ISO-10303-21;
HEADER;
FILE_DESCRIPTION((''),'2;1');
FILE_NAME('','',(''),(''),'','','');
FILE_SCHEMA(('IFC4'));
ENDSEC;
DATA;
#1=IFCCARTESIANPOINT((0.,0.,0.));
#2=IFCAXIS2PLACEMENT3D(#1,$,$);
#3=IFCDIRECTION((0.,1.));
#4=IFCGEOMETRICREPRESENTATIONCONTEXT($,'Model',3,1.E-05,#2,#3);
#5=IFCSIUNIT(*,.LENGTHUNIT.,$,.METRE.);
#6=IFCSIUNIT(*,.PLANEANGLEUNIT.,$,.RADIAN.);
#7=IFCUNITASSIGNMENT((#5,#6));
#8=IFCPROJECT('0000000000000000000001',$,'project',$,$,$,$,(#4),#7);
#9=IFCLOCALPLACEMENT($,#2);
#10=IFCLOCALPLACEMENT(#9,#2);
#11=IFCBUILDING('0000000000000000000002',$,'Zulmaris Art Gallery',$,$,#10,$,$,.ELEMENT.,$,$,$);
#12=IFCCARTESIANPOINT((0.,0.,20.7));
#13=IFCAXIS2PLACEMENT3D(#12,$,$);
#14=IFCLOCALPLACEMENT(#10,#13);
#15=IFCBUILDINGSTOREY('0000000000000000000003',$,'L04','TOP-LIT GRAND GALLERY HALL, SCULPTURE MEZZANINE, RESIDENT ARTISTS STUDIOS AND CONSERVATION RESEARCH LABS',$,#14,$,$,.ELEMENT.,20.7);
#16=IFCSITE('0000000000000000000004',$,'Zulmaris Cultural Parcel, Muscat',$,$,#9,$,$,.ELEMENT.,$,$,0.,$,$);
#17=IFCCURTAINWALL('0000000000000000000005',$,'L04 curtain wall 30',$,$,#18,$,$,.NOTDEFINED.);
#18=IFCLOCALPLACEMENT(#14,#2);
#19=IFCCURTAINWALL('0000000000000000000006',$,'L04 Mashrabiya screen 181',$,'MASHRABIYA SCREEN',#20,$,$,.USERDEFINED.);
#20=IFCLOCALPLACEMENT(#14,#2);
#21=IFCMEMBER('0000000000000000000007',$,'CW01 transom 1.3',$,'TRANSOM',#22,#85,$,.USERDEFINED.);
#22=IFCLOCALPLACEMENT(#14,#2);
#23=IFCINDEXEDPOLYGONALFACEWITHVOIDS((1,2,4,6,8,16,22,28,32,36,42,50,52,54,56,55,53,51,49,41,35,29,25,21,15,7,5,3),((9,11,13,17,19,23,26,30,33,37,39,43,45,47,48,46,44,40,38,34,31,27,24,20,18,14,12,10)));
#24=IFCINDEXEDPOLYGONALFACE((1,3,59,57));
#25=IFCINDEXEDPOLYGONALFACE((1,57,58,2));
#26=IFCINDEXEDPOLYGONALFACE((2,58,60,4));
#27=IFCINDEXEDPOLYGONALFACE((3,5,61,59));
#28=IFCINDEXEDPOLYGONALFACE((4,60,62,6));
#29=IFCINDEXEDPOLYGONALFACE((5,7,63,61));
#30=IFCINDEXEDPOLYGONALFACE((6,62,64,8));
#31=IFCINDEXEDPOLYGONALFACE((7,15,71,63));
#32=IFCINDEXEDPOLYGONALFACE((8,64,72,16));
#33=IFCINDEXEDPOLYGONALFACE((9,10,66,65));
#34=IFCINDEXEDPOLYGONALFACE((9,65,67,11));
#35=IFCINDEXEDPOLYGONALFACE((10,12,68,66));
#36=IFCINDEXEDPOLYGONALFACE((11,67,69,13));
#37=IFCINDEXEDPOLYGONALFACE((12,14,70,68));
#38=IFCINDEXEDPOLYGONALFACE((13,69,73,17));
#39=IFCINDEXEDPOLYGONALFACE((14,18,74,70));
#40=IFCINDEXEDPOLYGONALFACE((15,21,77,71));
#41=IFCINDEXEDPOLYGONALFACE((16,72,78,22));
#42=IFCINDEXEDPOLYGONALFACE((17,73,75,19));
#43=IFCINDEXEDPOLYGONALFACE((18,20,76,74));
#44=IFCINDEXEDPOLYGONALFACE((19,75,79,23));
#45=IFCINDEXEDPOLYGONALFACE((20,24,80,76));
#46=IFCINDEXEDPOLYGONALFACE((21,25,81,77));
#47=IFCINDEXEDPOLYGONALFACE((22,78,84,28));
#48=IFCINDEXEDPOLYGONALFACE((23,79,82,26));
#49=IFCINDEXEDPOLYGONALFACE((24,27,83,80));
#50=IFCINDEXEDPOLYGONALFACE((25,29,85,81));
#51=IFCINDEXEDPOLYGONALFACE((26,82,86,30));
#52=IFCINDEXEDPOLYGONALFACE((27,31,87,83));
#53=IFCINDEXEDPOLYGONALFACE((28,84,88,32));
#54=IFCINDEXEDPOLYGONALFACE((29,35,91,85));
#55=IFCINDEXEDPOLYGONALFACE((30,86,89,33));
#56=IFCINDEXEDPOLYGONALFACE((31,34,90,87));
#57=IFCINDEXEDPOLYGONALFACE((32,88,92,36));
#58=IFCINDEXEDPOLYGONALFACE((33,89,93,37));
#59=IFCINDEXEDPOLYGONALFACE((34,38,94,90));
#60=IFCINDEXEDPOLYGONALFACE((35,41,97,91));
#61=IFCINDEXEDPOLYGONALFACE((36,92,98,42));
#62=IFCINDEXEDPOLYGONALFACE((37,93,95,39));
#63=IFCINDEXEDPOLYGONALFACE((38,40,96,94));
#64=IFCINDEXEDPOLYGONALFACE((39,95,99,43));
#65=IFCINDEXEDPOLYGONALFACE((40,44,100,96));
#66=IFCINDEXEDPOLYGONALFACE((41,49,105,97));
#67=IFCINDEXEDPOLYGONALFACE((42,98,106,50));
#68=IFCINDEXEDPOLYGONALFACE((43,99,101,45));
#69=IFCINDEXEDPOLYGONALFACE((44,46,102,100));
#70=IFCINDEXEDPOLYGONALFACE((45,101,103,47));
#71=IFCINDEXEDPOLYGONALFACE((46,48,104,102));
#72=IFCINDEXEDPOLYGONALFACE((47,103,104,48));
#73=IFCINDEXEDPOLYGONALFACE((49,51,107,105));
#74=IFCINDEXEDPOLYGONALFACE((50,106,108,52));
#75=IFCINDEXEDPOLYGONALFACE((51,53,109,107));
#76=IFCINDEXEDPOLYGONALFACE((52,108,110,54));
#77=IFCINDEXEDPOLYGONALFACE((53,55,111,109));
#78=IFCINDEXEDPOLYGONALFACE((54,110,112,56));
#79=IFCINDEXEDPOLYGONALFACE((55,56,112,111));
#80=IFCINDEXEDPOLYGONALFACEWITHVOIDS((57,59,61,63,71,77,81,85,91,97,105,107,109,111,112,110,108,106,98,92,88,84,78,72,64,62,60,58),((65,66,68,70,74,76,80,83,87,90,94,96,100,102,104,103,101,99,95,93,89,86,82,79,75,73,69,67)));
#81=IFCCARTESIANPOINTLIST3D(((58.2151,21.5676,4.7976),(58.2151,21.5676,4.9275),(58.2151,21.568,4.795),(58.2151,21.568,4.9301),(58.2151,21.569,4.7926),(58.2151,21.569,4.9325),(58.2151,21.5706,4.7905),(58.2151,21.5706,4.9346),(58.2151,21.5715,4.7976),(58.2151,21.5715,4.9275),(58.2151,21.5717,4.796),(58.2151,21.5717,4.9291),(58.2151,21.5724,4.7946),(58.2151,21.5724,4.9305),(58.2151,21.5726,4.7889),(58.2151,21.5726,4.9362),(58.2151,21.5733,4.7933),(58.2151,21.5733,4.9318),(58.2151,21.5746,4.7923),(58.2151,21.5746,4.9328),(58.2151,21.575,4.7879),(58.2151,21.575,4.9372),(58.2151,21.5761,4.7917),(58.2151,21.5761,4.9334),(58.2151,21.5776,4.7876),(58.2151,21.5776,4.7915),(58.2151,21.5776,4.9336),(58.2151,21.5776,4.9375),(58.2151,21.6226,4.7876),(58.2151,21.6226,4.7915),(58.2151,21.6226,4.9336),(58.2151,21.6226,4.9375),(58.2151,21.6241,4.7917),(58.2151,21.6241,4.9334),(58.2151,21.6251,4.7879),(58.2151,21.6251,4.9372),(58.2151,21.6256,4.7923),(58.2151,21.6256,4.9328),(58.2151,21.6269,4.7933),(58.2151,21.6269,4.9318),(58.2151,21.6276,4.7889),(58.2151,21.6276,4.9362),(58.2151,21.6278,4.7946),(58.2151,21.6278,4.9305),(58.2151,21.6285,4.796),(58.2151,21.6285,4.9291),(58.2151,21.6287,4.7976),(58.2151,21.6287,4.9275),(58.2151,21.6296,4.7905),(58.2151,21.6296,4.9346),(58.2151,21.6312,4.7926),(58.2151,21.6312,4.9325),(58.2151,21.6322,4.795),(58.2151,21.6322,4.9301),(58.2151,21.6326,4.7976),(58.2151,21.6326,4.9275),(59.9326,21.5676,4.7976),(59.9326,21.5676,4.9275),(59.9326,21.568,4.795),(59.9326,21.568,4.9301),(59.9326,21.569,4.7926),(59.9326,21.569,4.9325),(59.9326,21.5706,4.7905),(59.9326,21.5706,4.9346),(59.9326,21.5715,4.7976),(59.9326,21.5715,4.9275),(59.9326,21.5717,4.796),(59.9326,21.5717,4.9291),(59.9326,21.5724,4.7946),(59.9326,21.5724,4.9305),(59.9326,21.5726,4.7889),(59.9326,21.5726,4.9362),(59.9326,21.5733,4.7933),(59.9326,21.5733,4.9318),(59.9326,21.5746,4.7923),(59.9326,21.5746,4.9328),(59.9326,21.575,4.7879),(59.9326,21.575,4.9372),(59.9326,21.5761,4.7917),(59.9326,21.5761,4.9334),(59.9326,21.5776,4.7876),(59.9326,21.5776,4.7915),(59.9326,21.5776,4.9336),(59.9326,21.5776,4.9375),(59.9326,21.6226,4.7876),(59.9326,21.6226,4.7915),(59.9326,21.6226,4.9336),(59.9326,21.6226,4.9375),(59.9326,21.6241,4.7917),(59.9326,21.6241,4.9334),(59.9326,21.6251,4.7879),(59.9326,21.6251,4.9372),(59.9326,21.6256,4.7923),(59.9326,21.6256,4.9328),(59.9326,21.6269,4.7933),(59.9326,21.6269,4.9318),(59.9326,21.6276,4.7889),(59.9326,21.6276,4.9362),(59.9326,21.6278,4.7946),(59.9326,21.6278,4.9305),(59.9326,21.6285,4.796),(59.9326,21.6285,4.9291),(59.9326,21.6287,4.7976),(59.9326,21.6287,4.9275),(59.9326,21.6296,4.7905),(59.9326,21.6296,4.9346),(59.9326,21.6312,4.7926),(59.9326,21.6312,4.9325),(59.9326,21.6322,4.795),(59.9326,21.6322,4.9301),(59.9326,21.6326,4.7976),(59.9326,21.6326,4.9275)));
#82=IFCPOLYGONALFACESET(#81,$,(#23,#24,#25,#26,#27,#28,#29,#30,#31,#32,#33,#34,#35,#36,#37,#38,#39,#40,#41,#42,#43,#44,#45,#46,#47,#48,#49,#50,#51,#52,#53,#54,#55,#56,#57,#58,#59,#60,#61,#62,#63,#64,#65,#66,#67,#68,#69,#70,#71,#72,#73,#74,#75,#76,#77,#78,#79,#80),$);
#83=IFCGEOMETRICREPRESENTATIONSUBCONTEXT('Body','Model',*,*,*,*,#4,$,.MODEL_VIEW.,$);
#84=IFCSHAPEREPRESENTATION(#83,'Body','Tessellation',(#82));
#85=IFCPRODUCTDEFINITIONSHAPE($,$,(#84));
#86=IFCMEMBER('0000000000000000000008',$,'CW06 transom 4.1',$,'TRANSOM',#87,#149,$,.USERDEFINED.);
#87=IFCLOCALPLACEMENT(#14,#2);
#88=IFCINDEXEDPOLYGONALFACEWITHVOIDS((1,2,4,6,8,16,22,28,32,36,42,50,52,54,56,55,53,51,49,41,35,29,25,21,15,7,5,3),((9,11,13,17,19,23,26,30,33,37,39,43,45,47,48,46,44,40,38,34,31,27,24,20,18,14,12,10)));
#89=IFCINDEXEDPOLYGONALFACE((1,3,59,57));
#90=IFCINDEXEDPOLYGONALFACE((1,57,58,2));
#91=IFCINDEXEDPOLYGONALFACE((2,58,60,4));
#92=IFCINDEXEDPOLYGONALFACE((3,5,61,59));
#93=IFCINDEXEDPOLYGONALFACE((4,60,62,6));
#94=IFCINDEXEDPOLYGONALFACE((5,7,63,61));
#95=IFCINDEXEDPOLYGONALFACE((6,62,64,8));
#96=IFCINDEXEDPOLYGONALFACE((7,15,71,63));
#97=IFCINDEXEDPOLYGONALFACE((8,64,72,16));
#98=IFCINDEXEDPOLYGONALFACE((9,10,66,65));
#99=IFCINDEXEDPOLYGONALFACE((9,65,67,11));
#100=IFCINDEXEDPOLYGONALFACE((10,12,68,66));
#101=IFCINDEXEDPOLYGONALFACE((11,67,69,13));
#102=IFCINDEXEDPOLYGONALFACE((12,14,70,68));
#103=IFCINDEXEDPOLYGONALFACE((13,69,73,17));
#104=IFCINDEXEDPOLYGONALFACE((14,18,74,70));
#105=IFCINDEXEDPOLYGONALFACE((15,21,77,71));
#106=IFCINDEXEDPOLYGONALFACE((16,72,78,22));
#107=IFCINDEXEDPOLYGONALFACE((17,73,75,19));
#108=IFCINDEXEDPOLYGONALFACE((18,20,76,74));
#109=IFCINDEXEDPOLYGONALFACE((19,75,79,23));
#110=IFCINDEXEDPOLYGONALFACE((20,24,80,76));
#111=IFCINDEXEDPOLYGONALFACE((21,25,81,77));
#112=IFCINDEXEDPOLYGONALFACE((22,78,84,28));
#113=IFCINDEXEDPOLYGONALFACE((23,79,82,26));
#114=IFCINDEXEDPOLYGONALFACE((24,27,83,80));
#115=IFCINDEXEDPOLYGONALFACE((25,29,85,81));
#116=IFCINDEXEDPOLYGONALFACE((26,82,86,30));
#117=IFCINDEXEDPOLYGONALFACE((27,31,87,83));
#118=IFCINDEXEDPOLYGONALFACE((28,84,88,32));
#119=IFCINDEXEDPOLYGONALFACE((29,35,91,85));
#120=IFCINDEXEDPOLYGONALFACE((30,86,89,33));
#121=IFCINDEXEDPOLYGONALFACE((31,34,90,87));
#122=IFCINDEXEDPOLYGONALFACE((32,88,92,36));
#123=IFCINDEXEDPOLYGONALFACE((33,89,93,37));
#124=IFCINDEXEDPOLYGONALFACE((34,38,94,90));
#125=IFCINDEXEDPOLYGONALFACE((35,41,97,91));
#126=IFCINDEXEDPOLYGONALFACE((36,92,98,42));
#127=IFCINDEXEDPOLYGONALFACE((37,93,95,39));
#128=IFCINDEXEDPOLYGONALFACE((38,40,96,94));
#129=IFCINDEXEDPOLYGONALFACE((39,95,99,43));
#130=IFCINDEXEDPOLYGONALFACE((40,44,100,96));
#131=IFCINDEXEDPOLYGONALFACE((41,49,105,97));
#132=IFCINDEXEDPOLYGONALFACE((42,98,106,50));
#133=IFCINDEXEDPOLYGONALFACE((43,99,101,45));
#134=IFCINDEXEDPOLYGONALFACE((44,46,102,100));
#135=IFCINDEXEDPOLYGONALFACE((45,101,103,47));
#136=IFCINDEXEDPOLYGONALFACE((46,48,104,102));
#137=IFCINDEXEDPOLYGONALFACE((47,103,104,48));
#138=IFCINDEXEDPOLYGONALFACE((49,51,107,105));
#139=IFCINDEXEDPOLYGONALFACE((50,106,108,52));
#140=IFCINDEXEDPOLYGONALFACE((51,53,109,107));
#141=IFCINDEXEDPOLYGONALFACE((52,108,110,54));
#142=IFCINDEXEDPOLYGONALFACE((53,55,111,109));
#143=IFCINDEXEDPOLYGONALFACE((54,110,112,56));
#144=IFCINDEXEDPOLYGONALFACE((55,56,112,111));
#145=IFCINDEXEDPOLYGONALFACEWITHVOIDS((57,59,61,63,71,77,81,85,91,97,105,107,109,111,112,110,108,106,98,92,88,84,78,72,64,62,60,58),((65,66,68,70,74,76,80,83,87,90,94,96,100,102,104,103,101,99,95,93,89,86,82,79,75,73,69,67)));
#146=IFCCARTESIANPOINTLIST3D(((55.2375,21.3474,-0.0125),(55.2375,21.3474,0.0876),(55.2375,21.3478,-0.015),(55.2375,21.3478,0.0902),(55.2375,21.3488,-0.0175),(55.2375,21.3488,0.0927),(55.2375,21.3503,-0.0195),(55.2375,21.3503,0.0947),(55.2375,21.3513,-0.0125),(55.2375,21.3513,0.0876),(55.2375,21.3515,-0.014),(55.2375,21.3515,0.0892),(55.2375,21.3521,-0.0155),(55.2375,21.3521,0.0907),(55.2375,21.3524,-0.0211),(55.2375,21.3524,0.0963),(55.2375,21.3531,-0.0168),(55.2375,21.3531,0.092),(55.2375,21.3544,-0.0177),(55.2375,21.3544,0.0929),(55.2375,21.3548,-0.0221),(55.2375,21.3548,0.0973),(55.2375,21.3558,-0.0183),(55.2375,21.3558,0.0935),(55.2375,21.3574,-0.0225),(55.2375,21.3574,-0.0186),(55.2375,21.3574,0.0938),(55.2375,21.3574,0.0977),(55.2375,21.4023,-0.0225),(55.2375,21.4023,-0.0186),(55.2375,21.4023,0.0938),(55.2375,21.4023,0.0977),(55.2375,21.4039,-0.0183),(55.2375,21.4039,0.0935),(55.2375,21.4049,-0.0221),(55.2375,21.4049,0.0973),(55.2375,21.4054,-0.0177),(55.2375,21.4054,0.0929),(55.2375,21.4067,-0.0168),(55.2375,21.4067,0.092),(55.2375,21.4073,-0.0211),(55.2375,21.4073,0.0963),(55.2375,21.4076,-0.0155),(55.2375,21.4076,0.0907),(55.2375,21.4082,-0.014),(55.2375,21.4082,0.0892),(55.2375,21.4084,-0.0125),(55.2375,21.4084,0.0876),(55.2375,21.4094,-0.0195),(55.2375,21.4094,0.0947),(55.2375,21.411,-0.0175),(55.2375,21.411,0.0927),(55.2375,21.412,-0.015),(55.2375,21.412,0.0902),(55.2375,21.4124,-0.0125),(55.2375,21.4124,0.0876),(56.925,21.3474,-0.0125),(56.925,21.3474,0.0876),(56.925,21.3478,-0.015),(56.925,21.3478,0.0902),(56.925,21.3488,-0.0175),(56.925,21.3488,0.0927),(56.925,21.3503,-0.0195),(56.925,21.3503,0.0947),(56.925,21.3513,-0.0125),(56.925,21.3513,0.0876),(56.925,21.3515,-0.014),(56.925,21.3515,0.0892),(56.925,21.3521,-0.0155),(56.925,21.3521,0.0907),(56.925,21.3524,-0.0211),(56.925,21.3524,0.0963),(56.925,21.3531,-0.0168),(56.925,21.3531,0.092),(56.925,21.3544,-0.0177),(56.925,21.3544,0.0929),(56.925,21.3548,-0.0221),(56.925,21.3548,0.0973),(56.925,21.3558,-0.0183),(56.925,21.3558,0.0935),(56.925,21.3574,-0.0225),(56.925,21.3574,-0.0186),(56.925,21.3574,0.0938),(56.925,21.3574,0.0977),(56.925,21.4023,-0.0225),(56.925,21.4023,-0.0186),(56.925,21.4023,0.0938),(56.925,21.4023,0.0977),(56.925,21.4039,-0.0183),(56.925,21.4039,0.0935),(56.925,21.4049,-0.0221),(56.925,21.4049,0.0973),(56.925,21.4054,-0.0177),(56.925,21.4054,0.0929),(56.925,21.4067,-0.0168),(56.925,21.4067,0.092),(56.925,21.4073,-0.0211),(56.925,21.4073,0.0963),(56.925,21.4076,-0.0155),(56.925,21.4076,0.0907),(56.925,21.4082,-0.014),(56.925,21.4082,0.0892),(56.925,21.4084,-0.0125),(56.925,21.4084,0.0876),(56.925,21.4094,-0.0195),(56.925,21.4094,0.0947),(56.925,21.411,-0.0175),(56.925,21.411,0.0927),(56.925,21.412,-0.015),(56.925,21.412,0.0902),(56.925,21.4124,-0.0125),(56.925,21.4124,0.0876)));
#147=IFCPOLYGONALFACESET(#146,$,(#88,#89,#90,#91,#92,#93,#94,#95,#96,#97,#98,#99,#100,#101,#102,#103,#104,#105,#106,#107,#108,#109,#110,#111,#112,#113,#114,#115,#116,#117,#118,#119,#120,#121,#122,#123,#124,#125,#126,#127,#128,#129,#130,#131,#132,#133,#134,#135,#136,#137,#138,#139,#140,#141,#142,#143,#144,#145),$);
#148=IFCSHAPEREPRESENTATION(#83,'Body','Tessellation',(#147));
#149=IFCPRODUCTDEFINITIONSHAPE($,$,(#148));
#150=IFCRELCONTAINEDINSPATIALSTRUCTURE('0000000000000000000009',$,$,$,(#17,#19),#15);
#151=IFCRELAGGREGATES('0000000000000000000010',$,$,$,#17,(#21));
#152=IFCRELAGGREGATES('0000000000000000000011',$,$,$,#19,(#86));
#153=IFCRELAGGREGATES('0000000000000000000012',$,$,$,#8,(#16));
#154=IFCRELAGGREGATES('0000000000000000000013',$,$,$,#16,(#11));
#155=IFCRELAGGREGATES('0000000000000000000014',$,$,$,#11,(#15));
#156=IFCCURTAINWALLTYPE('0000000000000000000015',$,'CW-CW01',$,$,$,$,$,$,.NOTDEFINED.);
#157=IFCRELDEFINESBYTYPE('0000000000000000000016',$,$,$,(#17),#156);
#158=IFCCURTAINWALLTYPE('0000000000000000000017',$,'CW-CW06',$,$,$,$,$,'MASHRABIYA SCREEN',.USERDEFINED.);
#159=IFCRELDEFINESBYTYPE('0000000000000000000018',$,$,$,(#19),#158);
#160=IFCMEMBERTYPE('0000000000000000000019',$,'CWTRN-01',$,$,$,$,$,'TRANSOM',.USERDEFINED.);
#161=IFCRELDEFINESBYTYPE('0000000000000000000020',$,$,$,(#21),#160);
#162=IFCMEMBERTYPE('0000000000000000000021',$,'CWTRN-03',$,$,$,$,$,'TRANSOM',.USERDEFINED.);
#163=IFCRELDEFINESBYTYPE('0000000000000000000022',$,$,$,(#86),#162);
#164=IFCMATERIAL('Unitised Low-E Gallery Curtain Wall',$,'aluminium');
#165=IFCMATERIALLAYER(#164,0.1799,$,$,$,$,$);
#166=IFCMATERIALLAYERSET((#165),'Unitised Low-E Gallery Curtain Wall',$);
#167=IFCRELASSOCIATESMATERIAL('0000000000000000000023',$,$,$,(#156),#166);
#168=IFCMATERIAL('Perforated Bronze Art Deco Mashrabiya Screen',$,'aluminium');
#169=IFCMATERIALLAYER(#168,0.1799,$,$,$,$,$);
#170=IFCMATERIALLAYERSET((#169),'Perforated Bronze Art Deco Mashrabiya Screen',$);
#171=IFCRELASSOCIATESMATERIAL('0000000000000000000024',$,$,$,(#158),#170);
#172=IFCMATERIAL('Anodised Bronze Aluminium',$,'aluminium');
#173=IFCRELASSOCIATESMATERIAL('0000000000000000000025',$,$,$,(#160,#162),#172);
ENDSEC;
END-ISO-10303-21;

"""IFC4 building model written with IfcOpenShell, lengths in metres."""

from ifc_helpers import new_model, si_unit, direction, frame, origin, origin_2d, place, context, subcontext, project, spatial, hollow_rectangle, extrude, material, layer, layer_set, material_profile, profile_set, type_object, element, aggregate, save


model = new_model("IFC4")

# Units and contexts
model_context = context("Model", 3, precision=1e-05, world=origin(), true_north=direction((0.0, 1.0)))
body_context = subcontext(model_context, "Body", "Model", "MODEL_VIEW")
ifc_project = project(units=[si_unit("LENGTHUNIT", "METRE"), si_unit("PLANEANGLEUNIT", "RADIAN")], contexts=[model_context])

# Site, building, storey
site_placement = place(None, origin())
site = spatial("IfcSite", under=ifc_project, at=site_placement, Name="Zulmaris Cultural Parcel, Muscat", CompositionType="ELEMENT", RefElevation=0.0)
building_placement = place(site_placement, origin())
building = spatial("IfcBuilding", under=site, at=building_placement, Name="Zulmaris Art Gallery", CompositionType="ELEMENT")
storey_placement = place(building_placement, frame((0.0, 0.0, 20.7)))
storey = spatial("IfcBuildingStorey", under=building, at=storey_placement, Name="L04", Description="TOP-LIT GRAND GALLERY HALL, SCULPTURE MEZZANINE, RESIDENT ARTISTS STUDIOS AND CONSERVATION RESEARCH LABS", CompositionType="ELEMENT", Elevation=20.7)

# Shared definitions
ifc_material_1 = material(Name="Unitised Low-E Gallery Curtain Wall", Category="aluminium")
ifc_layer_1 = layer(ifc_material_1, 0.1799)
ifc_layer_set_1 = layer_set([ifc_layer_1], Name="Unitised Low-E Gallery Curtain Wall")
curtain_wall_type_1 = type_object("IfcCurtainWallType", Name="CW-CW01", PredefinedType="NOTDEFINED", material=ifc_layer_set_1)
ifc_material_2 = material(Name="Anodised Bronze Aluminium", Category="aluminium")

# Curtain wall
curtain_wall_1_placement = place(storey_placement, origin())
curtain_wall_1 = element("IfcCurtainWall", 1, at=curtain_wall_1_placement, inside=storey, type_object=curtain_wall_type_1, Name="L04 curtain wall 30", PredefinedType="NOTDEFINED")

# Curtain wall
ifc_material_3 = material(Name="Perforated Bronze Art Deco Mashrabiya Screen", Category="aluminium")
ifc_layer_2 = layer(ifc_material_3, 0.1799)
ifc_layer_set_2 = layer_set([ifc_layer_2], Name="Perforated Bronze Art Deco Mashrabiya Screen")
curtain_wall_type_2 = type_object("IfcCurtainWallType", Name="CW-CW06", ElementType="MASHRABIYA SCREEN", PredefinedType="USERDEFINED", material=ifc_layer_set_2)
curtain_wall_2_placement = place(storey_placement, origin())
curtain_wall_2 = element("IfcCurtainWall", 2, at=curtain_wall_2_placement, inside=storey, type_object=curtain_wall_type_2, Name="L04 Mashrabiya screen 181", ObjectType="MASHRABIYA SCREEN", PredefinedType="USERDEFINED")

# Members
ifc_material_profile_1 = material_profile(ifc_material_2, hollow_rectangle(XDim=0.0649, YDim=0.1499, WallThickness=0.0039, InnerFilletRadius=0.0061, OuterFilletRadius=0.01, at=origin_2d()), Name="ALU 65x150x4")
ifc_profile_set_1 = profile_set([ifc_material_profile_1], Name="Anodised Bronze Aluminium")
member_type_1 = type_object("IfcMemberType", Name="CWTRN-01", ElementType="TRANSOM", PredefinedType="USERDEFINED", material=ifc_profile_set_1)
member_1_placement = place(storey_placement, frame((58.2151, 21.6001, 4.8625), z_axis=(1.0, 0.0, 0.0), x_axis=(0.0, 1.0, 0.0)))
member_1 = element("IfcMember", 3, at=member_1_placement, type_object=member_type_1, Name="CW01 transom 1.3", ObjectType="TRANSOM", PredefinedType="USERDEFINED", context=body_context, shape_type="SweptSolid", body=[
    extrude(hollow_rectangle(XDim=0.0649, YDim=0.1499, WallThickness=0.0039, InnerFilletRadius=0.0061, OuterFilletRadius=0.01, at=origin_2d()), origin(), (0.0, 0.0, 1.0), 1.7175),
])
aggregate(curtain_wall_1, [member_1])
ifc_material_profile_2 = material_profile(ifc_material_2, hollow_rectangle(XDim=0.0649, YDim=0.1201, WallThickness=0.0039, InnerFilletRadius=0.0061, OuterFilletRadius=0.01, at=origin_2d()), Name="ALU 65x120x4")
ifc_profile_set_2 = profile_set([ifc_material_profile_2], Name="Anodised Bronze Aluminium")
member_type_2 = type_object("IfcMemberType", Name="CWTRN-03", ElementType="TRANSOM", PredefinedType="USERDEFINED", material=ifc_profile_set_2)
member_2_placement = place(storey_placement, frame((55.2375, 21.3799, 0.0376), z_axis=(1.0, 0.0, 0.0), x_axis=(0.0, 1.0, 0.0)))
member_2 = element("IfcMember", 4, at=member_2_placement, type_object=member_type_2, Name="CW06 transom 4.1", ObjectType="TRANSOM", PredefinedType="USERDEFINED", context=body_context, shape_type="SweptSolid", body=[
    extrude(hollow_rectangle(XDim=0.0649, YDim=0.1201, WallThickness=0.0039, InnerFilletRadius=0.0061, OuterFilletRadius=0.01, at=origin_2d()), origin(), (0.0, 0.0, 1.0), 1.6875),
])

aggregate(curtain_wall_2, [member_2])

save(model, "model.ifc")
